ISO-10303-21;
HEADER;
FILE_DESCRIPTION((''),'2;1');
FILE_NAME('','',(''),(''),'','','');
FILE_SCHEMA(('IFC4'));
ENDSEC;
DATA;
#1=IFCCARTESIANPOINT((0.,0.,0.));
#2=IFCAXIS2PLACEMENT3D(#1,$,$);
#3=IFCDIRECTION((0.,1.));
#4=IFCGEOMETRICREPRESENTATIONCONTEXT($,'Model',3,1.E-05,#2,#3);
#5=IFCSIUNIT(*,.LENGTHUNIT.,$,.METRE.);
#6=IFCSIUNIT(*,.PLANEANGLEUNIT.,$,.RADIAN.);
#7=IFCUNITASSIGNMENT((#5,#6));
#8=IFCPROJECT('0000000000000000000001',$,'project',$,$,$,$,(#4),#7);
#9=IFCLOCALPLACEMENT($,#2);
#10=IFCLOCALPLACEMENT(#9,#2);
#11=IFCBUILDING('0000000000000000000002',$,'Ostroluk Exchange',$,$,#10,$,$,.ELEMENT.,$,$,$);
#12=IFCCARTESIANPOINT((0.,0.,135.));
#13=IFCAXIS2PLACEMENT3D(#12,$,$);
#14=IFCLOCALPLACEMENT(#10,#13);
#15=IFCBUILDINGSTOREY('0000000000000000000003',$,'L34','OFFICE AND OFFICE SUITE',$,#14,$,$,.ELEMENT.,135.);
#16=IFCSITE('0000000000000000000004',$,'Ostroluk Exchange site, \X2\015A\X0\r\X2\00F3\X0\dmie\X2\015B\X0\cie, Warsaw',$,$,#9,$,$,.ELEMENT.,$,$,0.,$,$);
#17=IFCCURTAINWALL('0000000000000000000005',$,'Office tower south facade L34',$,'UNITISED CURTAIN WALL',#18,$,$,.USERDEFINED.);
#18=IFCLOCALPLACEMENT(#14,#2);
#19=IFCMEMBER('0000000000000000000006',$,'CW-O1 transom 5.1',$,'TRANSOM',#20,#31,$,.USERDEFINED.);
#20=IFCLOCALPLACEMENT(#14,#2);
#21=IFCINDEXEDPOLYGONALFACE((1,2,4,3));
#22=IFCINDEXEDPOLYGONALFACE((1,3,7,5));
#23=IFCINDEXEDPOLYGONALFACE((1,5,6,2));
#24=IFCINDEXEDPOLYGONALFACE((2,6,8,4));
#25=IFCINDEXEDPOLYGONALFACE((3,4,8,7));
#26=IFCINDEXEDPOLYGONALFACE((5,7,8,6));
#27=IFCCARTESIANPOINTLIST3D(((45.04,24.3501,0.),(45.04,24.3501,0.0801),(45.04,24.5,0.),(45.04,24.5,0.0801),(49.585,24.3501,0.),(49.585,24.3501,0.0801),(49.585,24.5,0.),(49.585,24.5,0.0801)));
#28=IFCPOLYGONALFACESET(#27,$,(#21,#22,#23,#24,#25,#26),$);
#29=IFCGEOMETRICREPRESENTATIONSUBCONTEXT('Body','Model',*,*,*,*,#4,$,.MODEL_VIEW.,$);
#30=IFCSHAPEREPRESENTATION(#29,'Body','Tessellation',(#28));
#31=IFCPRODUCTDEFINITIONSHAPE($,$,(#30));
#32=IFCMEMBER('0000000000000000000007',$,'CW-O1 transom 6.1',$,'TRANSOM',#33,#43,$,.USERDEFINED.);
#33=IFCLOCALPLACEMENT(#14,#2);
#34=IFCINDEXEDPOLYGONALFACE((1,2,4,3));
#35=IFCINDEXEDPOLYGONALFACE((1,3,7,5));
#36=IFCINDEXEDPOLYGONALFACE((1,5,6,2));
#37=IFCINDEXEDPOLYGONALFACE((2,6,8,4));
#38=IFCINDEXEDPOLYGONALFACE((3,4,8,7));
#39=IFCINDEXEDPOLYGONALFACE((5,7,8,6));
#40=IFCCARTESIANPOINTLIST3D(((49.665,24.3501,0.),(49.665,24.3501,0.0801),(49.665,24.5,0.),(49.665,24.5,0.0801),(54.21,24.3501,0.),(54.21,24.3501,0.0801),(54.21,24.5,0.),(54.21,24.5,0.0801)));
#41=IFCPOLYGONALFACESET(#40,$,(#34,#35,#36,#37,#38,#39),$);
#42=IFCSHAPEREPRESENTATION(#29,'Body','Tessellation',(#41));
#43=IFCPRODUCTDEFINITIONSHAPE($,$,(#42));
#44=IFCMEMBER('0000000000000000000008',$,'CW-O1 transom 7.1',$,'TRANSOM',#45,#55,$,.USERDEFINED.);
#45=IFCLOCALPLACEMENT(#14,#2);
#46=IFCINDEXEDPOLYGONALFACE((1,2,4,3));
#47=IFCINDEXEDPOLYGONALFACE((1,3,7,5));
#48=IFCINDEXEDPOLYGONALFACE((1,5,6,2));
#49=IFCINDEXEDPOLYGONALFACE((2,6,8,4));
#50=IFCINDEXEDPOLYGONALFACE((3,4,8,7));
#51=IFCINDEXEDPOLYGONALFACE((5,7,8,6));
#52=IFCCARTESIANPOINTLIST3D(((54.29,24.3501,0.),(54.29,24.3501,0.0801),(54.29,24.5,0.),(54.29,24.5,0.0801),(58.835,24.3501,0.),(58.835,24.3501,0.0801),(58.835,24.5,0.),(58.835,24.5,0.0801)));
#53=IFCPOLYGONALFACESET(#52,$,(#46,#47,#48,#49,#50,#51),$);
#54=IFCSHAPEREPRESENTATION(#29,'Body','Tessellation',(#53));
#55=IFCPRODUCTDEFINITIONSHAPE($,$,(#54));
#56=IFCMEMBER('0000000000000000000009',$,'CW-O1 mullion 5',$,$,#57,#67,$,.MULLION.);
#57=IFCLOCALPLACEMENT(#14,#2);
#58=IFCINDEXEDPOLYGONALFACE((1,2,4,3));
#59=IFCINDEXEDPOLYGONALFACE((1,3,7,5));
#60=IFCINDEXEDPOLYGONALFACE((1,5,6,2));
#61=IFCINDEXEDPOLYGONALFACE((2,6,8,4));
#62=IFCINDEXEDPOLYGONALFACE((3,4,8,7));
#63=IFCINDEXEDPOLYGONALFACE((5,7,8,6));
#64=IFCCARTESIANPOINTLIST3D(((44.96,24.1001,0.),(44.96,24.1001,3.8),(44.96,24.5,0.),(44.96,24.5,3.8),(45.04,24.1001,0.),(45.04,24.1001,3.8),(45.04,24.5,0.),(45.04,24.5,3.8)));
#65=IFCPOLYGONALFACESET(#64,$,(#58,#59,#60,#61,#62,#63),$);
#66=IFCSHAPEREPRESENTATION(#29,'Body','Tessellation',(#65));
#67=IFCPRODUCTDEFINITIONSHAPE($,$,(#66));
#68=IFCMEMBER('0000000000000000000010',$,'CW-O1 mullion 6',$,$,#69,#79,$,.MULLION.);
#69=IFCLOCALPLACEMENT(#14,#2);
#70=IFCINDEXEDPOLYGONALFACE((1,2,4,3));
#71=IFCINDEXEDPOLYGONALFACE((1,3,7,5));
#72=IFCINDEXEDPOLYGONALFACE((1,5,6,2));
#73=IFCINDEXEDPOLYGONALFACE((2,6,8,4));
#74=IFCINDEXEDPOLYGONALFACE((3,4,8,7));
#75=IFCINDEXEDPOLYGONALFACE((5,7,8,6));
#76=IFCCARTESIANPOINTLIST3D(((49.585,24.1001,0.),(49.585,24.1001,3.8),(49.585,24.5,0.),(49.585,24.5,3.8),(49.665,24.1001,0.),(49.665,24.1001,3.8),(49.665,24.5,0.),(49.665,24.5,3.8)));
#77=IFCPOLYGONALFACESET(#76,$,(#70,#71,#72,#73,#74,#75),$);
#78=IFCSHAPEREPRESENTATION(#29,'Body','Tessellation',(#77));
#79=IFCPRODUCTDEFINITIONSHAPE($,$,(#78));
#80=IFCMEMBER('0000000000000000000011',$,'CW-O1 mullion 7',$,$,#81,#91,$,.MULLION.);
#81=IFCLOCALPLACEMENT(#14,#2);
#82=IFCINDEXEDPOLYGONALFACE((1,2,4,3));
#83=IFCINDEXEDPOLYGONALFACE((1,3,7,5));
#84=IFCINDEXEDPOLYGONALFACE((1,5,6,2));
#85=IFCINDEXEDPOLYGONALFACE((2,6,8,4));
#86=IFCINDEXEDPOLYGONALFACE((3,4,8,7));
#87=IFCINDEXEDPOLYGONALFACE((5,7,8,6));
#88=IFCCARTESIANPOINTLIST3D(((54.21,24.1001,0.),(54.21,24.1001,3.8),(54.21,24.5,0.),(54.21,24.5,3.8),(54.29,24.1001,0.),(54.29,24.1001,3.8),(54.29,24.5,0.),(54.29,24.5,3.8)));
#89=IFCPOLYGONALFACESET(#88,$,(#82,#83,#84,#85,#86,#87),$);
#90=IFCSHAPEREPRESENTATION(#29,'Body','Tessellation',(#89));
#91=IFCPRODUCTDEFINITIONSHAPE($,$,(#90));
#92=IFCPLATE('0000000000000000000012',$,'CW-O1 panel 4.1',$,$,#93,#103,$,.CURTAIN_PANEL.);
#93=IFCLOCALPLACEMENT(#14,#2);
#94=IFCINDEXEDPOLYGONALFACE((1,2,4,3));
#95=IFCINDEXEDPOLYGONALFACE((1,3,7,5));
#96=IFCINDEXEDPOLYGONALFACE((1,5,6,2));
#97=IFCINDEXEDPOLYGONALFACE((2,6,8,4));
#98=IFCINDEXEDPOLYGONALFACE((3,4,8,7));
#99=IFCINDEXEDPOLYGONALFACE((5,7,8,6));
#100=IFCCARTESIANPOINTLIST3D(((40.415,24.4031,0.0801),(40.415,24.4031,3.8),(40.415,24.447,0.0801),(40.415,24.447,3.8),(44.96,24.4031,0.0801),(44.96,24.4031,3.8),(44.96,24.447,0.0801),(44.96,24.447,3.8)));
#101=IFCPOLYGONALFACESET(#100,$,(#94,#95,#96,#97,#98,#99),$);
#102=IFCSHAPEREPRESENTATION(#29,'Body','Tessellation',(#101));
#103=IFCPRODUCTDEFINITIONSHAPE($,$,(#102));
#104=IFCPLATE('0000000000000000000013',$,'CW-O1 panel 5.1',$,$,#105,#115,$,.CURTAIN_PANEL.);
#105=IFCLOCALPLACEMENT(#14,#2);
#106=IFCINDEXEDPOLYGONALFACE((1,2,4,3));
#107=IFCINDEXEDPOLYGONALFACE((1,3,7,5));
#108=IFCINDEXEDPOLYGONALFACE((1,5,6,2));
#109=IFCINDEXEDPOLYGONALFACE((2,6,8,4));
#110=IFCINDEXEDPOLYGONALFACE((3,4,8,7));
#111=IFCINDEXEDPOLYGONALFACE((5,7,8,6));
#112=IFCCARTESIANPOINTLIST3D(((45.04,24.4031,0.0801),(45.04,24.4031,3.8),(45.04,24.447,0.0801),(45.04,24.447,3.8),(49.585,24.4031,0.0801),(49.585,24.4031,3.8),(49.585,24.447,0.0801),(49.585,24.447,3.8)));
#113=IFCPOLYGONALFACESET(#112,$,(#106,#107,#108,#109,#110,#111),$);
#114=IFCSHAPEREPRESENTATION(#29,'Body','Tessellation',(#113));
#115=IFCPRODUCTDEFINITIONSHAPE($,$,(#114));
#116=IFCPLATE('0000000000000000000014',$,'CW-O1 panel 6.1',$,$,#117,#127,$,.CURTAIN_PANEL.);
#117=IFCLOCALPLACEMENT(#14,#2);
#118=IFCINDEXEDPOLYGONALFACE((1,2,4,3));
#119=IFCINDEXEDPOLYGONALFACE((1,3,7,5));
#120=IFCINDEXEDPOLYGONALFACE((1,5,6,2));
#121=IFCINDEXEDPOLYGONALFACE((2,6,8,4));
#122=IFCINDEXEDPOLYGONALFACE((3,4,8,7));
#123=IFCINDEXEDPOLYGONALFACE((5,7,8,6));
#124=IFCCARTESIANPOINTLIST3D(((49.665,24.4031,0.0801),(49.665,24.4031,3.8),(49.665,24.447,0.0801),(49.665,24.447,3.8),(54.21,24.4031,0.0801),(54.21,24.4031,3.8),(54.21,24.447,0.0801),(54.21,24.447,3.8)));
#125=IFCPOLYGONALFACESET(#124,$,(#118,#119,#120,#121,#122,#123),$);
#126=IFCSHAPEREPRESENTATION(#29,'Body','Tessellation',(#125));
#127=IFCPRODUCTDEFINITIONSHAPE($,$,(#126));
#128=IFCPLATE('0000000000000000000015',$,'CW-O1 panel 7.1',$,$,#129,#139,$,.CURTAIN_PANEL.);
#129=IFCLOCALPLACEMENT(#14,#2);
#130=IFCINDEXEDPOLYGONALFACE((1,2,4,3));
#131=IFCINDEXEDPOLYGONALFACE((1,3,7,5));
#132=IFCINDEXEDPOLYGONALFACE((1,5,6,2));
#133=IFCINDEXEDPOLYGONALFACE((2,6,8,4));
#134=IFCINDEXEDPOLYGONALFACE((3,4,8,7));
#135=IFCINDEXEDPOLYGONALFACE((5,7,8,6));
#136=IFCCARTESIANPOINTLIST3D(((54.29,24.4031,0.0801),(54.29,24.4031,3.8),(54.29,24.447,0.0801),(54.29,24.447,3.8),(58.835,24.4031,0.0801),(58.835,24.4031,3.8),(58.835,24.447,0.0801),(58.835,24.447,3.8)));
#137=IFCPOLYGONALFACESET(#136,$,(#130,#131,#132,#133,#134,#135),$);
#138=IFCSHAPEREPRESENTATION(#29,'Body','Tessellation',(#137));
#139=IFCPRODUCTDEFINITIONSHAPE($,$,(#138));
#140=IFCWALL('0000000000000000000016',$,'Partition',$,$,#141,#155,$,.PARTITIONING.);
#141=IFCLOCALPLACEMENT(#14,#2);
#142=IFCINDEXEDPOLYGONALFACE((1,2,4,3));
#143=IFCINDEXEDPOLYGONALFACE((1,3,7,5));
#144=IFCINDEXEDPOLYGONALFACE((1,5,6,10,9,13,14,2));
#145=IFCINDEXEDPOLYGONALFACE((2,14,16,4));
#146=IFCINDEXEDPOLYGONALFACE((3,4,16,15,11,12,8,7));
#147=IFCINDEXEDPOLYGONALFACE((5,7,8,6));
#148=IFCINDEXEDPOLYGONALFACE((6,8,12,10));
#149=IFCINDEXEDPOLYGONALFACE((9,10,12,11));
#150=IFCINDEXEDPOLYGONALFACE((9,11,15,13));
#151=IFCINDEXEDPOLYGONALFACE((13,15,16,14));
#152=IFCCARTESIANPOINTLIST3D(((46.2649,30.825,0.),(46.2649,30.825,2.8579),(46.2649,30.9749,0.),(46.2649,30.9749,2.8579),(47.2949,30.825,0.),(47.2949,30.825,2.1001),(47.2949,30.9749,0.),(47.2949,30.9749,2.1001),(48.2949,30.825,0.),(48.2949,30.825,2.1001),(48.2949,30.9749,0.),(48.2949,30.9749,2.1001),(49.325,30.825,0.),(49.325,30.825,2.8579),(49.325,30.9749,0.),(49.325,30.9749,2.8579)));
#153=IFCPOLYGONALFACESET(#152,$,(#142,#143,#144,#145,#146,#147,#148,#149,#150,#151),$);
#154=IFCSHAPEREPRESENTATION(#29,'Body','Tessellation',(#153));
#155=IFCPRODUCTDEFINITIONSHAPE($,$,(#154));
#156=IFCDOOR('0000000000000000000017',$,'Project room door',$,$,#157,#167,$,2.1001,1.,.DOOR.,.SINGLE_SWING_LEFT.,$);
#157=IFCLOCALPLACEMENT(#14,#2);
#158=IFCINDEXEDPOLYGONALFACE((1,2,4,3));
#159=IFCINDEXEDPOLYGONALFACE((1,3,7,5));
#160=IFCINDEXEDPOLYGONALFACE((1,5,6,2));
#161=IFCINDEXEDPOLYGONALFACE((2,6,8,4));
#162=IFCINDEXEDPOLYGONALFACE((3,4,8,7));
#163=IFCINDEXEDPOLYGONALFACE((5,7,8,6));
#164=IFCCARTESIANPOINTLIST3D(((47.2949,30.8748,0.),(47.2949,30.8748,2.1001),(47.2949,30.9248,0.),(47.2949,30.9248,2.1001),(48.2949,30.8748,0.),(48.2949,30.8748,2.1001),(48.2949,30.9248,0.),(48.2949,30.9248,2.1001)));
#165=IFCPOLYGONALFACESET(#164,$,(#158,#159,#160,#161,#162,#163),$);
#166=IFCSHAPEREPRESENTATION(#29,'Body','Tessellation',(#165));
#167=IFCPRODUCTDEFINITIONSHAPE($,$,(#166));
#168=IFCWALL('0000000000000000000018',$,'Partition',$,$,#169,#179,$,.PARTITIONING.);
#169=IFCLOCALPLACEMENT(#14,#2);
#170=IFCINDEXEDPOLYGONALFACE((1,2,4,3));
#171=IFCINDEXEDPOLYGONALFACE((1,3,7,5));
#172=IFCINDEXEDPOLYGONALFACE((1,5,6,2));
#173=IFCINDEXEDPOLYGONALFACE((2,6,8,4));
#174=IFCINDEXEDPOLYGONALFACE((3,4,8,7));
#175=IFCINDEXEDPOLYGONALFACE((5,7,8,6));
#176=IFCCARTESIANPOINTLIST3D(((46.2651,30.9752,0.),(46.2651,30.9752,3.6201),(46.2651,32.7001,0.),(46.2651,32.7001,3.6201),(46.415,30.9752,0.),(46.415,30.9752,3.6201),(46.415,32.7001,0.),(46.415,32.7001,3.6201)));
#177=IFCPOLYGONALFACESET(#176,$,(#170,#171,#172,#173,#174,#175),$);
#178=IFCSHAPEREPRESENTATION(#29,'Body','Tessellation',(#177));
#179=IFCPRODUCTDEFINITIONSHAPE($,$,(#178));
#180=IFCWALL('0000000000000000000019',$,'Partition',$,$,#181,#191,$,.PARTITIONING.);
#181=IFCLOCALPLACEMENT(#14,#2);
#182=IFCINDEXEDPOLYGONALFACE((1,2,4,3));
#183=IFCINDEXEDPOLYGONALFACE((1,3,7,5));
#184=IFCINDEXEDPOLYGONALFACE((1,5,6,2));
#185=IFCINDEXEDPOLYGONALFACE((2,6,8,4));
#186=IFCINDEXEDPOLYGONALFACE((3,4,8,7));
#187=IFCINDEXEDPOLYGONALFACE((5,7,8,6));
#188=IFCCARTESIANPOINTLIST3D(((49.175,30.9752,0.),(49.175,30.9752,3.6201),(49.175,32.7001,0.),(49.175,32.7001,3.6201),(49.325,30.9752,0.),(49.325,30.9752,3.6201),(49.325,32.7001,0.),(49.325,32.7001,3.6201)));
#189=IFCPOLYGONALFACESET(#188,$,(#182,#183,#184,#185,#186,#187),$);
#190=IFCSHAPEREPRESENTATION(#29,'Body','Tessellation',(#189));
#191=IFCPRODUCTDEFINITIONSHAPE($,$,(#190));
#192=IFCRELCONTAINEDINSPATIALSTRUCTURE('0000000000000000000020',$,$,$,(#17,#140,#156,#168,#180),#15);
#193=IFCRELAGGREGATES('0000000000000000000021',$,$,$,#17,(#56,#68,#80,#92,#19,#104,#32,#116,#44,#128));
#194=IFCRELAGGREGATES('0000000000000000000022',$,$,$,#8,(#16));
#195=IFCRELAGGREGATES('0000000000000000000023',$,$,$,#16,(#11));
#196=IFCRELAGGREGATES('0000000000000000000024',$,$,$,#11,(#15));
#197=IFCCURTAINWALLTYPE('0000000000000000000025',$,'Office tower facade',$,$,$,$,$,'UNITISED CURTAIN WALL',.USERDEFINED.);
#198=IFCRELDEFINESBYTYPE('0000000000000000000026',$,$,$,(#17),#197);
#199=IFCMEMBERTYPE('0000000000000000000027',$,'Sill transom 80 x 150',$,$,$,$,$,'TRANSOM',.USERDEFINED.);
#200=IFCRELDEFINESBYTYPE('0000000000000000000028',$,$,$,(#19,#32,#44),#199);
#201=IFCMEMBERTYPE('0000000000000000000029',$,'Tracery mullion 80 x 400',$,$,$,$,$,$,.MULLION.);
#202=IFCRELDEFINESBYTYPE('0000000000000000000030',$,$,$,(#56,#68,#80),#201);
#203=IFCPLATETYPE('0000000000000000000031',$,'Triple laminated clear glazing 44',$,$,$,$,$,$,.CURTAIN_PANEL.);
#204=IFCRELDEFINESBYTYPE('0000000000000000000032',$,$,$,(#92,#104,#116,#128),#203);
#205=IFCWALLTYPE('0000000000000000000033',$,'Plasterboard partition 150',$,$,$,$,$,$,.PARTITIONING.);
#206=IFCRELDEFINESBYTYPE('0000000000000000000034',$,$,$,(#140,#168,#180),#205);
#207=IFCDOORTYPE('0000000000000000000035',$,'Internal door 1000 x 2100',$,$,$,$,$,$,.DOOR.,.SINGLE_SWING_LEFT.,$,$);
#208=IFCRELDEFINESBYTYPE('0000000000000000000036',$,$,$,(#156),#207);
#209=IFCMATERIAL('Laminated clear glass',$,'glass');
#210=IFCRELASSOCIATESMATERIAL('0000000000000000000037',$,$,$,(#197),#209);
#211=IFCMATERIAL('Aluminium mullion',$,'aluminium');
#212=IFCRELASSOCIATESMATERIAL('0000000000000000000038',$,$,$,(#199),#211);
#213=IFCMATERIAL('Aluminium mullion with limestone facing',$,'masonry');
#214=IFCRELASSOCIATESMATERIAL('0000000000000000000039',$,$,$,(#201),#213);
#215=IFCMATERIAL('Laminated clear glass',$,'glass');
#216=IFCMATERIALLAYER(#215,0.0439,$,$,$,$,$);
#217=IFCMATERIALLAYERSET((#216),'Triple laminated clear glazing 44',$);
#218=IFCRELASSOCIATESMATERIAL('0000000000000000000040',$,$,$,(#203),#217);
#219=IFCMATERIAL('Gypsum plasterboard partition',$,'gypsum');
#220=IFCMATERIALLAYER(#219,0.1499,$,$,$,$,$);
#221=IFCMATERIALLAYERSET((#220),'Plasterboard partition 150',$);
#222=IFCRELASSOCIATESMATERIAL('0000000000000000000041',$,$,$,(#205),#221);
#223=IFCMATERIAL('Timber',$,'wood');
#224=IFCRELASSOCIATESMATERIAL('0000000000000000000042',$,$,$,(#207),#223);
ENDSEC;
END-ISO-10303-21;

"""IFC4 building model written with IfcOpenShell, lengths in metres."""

from ifc_helpers import new_model, si_unit, direction, frame, frame_2d, origin, origin_2d, place, context, subcontext, project, spatial, rectangle, extrude, material, layer, layer_set, material_profile, profile_set, type_object, element, fill, aggregate, save


model = new_model("IFC4")

# Units and contexts
model_context = context("Model", 3, precision=1e-05, world=origin(), true_north=direction((0.0, 1.0)))
body_context = subcontext(model_context, "Body", "Model", "MODEL_VIEW")
ifc_project = project(units=[si_unit("LENGTHUNIT", "METRE"), si_unit("PLANEANGLEUNIT", "RADIAN")], contexts=[model_context])

# Site, building, storey
site_placement = place(None, origin())
site = spatial("IfcSite", under=ifc_project, at=site_placement, Name="Ostroluk Exchange site, Śródmieście, Warsaw", CompositionType="ELEMENT", RefElevation=0.0)
building_placement = place(site_placement, origin())
building = spatial("IfcBuilding", under=site, at=building_placement, Name="Ostroluk Exchange", CompositionType="ELEMENT")
storey_placement = place(building_placement, frame((0.0, 0.0, 135.0)))
storey = spatial("IfcBuildingStorey", under=building, at=storey_placement, Name="L34", Description="OFFICE AND OFFICE SUITE", CompositionType="ELEMENT", Elevation=135.0)

# Curtain wall, members, plates
ifc_material_1 = material(Name="Laminated clear glass", Category="glass")
curtain_wall_type = type_object("IfcCurtainWallType", Name="Office tower facade", ElementType="UNITISED CURTAIN WALL", PredefinedType="USERDEFINED", material=ifc_material_1)
curtain_wall_placement = place(storey_placement, origin())
curtain_wall = element("IfcCurtainWall", 1, at=curtain_wall_placement, inside=storey, type_object=curtain_wall_type, Name="Office tower south facade L34", ObjectType="UNITISED CURTAIN WALL", PredefinedType="USERDEFINED")
ifc_material_2 = material(Name="Aluminium mullion", Category="aluminium")
ifc_material_profile_1 = material_profile(ifc_material_2, rectangle(XDim=0.1499, YDim=0.0801, at=origin_2d()), Name="Sill transom 80 x 150")
ifc_profile_set_1 = profile_set([ifc_material_profile_1], Name="Aluminium mullion")
member_type_1 = type_object("IfcMemberType", Name="Sill transom 80 x 150", ElementType="TRANSOM", PredefinedType="USERDEFINED", material=ifc_profile_set_1)
member_1_placement = place(storey_placement, frame((45.04, 24.425, 0.04), z_axis=(1.0, 0.0, 0.0), x_axis=(0.0, 1.0, 0.0)))
member_1 = element("IfcMember", 2, at=member_1_placement, type_object=member_type_1, Name="CW-O1 transom 5.1", ObjectType="TRANSOM", PredefinedType="USERDEFINED", context=body_context, shape_type="SweptSolid", body=[
    extrude(rectangle(XDim=0.1499, YDim=0.0801, at=origin_2d()), origin(), (0.0, 0.0, 1.0), 4.5449),
])
member_2_placement = place(storey_placement, frame((49.665, 24.425, 0.04), z_axis=(1.0, 0.0, 0.0), x_axis=(0.0, 1.0, 0.0)))
member_2 = element("IfcMember", 3, at=member_2_placement, type_object=member_type_1, Name="CW-O1 transom 6.1", ObjectType="TRANSOM", PredefinedType="USERDEFINED", context=body_context, shape_type="SweptSolid", body=[
    extrude(rectangle(XDim=0.1499, YDim=0.0801, at=origin_2d()), origin(), (0.0, 0.0, 1.0), 4.5449),
])
member_3_placement = place(storey_placement, frame((54.29, 24.425, 0.04), z_axis=(1.0, 0.0, 0.0), x_axis=(0.0, 1.0, 0.0)))
member_3 = element("IfcMember", 4, at=member_3_placement, type_object=member_type_1, Name="CW-O1 transom 7.1", ObjectType="TRANSOM", PredefinedType="USERDEFINED", context=body_context, shape_type="SweptSolid", body=[
    extrude(rectangle(XDim=0.1499, YDim=0.0801, at=origin_2d()), origin(), (0.0, 0.0, 1.0), 4.5449),
])
ifc_material_3 = material(Name="Aluminium mullion with limestone facing", Category="masonry")
ifc_material_profile_2 = material_profile(ifc_material_3, rectangle(XDim=0.3999, YDim=0.0801, at=origin_2d()), Name="Tracery mullion 80 x 400")
ifc_profile_set_2 = profile_set([ifc_material_profile_2], Name="Aluminium mullion with limestone facing")
member_type_2 = type_object("IfcMemberType", Name="Tracery mullion 80 x 400", PredefinedType="MULLION", material=ifc_profile_set_2)
member_4_placement = place(storey_placement, frame((45.0, 24.3, 0.0), z_axis=(0.0, 0.0, 1.0), x_axis=(0.0, 1.0, 0.0)))
member_4 = element("IfcMember", 5, at=member_4_placement, type_object=member_type_2, Name="CW-O1 mullion 5", PredefinedType="MULLION", context=body_context, shape_type="SweptSolid", body=[
    extrude(rectangle(XDim=0.3999, YDim=0.0801, at=origin_2d()), origin(), (0.0, 0.0, 1.0), 3.8),
])
member_5_placement = place(storey_placement, frame((49.625, 24.3, 0.0), z_axis=(0.0, 0.0, 1.0), x_axis=(0.0, 1.0, 0.0)))
member_5 = element("IfcMember", 6, at=member_5_placement, type_object=member_type_2, Name="CW-O1 mullion 6", PredefinedType="MULLION", context=body_context, shape_type="SweptSolid", body=[
    extrude(rectangle(XDim=0.3999, YDim=0.0801, at=origin_2d()), origin(), (0.0, 0.0, 1.0), 3.8),
])
member_6_placement = place(storey_placement, frame((54.25, 24.3, 0.0), z_axis=(0.0, 0.0, 1.0), x_axis=(0.0, 1.0, 0.0)))
member_6 = element("IfcMember", 7, at=member_6_placement, type_object=member_type_2, Name="CW-O1 mullion 7", PredefinedType="MULLION", context=body_context, shape_type="SweptSolid", body=[
    extrude(rectangle(XDim=0.3999, YDim=0.0801, at=origin_2d()), origin(), (0.0, 0.0, 1.0), 3.8),
])
ifc_material_4 = material(Name="Laminated clear glass", Category="glass")
ifc_layer_1 = layer(ifc_material_4, 0.0439)
ifc_layer_set_1 = layer_set([ifc_layer_1], Name="Triple laminated clear glazing 44")
plate_type = type_object("IfcPlateType", Name="Triple laminated clear glazing 44", PredefinedType="CURTAIN_PANEL", material=ifc_layer_set_1)
plate_1_placement = place(storey_placement, frame((42.6875, 24.425, 0.0801), z_axis=(0.0, 0.0, 1.0), x_axis=(1.0, 0.0, 0.0)))
plate_1 = element("IfcPlate", 8, at=plate_1_placement, type_object=plate_type, Name="CW-O1 panel 4.1", PredefinedType="CURTAIN_PANEL", context=body_context, shape_type="SweptSolid", body=[
    extrude(rectangle(XDim=4.5449, YDim=0.0439, at=origin_2d()), origin(), (0.0, 0.0, 1.0), 3.72),
])
plate_2_placement = place(storey_placement, frame((47.3125, 24.425, 0.0801), z_axis=(0.0, 0.0, 1.0), x_axis=(1.0, 0.0, 0.0)))
plate_2 = element("IfcPlate", 9, at=plate_2_placement, type_object=plate_type, Name="CW-O1 panel 5.1", PredefinedType="CURTAIN_PANEL", context=body_context, shape_type="SweptSolid", body=[
    extrude(rectangle(XDim=4.5449, YDim=0.0439, at=origin_2d()), origin(), (0.0, 0.0, 1.0), 3.72),
])
plate_3_placement = place(storey_placement, frame((51.9375, 24.425, 0.0801), z_axis=(0.0, 0.0, 1.0), x_axis=(1.0, 0.0, 0.0)))
plate_3 = element("IfcPlate", 10, at=plate_3_placement, type_object=plate_type, Name="CW-O1 panel 6.1", PredefinedType="CURTAIN_PANEL", context=body_context, shape_type="SweptSolid", body=[
    extrude(rectangle(XDim=4.5449, YDim=0.0439, at=origin_2d()), origin(), (0.0, 0.0, 1.0), 3.72),
])
plate_4_placement = place(storey_placement, frame((56.5625, 24.425, 0.0801), z_axis=(0.0, 0.0, 1.0), x_axis=(1.0, 0.0, 0.0)))
plate_4 = element("IfcPlate", 11, at=plate_4_placement, type_object=plate_type, Name="CW-O1 panel 7.1", PredefinedType="CURTAIN_PANEL", context=body_context, shape_type="SweptSolid", body=[
    extrude(rectangle(XDim=4.5449, YDim=0.0439, at=origin_2d()), origin(), (0.0, 0.0, 1.0), 3.72),
])
aggregate(curtain_wall, [member_4, member_5, member_6, plate_1, member_1, plate_2, member_2, plate_3, member_3, plate_4])

# Wall, opening, door
ifc_material_5 = material(Name="Gypsum plasterboard partition", Category="gypsum")
ifc_layer_2 = layer(ifc_material_5, 0.1499)
ifc_layer_set_2 = layer_set([ifc_layer_2], Name="Plasterboard partition 150")
wall_type = type_object("IfcWallType", Name="Plasterboard partition 150", PredefinedType="PARTITIONING", material=ifc_layer_set_2)
wall_1_placement = place(storey_placement, frame((46.2649, 30.8999, 0.0), z_axis=(0.0, 0.0, 1.0), x_axis=(1.0, 0.0, 0.0)))
wall_1 = element("IfcWall", 12, at=wall_1_placement, inside=storey, type_object=wall_type, Name="Partition", PredefinedType="PARTITIONING", context=body_context, shape_type="SweptSolid", body=[
    extrude(rectangle(XDim=3.0601, YDim=0.1499, at=frame_2d((1.53, 0.0))), origin(), (0.0, 0.0, 1.0), 2.8579),
])
opening_placement = place(wall_1_placement, frame((1.03, 0.0, 0.0)))
opening = element("IfcOpeningElement", 13, at=opening_placement, cuts=wall_1, PredefinedType="OPENING", context=body_context, shape_type="SweptSolid", body=[
    extrude(rectangle(XDim=1.0, YDim=2.1001, at=frame_2d((0.5, 1.05))), frame((0.0, 0.085, 0.0), z_axis=(0.0, -1.0, 0.0), x_axis=(1.0, 0.0, 0.0)), (0.0, 0.0, 1.0), 0.1699),
])
ifc_material_6 = material(Name="Timber", Category="wood")
door_type = type_object("IfcDoorType", Name="Internal door 1000 x 2100", OperationType="SINGLE_SWING_LEFT", PredefinedType="DOOR", material=ifc_material_6)
door_placement = place(opening_placement, origin())
door = element("IfcDoor", 14, at=door_placement, inside=storey, type_object=door_type, Name="Project room door", OperationType="SINGLE_SWING_LEFT", OverallHeight=2.1001, OverallWidth=1.0, PredefinedType="DOOR", context=body_context, shape_type="SweptSolid", body=[
    extrude(rectangle(XDim=1.0, YDim=2.1001, at=frame_2d((0.5, 1.05))), frame((0.0, 0.0249, 0.0), z_axis=(0.0, -1.0, 0.0), x_axis=(1.0, 0.0, 0.0)), (0.0, 0.0, 1.0), 0.05),
])
fill(opening, door)

# Walls
for number, where, z_axis, x_axis, name in (
    (15, (46.3401, 32.7, 0.0), (0.0, 0.0, 1.0), (0.0, -1.0, 0.0), "Partition"),
    (16, (49.25, 32.7, 0.0), (0.0, 0.0, 1.0), (0.0, -1.0, 0.0), "Partition"),
):
    element("IfcWall", number, at=place(storey_placement, frame(where, z_axis=z_axis, x_axis=x_axis)), inside=storey, type_object=wall_type, Name=name, PredefinedType="PARTITIONING", context=body_context, shape_type="SweptSolid", body=[
        extrude(rectangle(XDim=1.7249, YDim=0.1499, at=frame_2d((0.8623, 0.0))), origin(), (0.0, 0.0, 1.0), 3.6201),
    ])

save(model, "model.ifc")
